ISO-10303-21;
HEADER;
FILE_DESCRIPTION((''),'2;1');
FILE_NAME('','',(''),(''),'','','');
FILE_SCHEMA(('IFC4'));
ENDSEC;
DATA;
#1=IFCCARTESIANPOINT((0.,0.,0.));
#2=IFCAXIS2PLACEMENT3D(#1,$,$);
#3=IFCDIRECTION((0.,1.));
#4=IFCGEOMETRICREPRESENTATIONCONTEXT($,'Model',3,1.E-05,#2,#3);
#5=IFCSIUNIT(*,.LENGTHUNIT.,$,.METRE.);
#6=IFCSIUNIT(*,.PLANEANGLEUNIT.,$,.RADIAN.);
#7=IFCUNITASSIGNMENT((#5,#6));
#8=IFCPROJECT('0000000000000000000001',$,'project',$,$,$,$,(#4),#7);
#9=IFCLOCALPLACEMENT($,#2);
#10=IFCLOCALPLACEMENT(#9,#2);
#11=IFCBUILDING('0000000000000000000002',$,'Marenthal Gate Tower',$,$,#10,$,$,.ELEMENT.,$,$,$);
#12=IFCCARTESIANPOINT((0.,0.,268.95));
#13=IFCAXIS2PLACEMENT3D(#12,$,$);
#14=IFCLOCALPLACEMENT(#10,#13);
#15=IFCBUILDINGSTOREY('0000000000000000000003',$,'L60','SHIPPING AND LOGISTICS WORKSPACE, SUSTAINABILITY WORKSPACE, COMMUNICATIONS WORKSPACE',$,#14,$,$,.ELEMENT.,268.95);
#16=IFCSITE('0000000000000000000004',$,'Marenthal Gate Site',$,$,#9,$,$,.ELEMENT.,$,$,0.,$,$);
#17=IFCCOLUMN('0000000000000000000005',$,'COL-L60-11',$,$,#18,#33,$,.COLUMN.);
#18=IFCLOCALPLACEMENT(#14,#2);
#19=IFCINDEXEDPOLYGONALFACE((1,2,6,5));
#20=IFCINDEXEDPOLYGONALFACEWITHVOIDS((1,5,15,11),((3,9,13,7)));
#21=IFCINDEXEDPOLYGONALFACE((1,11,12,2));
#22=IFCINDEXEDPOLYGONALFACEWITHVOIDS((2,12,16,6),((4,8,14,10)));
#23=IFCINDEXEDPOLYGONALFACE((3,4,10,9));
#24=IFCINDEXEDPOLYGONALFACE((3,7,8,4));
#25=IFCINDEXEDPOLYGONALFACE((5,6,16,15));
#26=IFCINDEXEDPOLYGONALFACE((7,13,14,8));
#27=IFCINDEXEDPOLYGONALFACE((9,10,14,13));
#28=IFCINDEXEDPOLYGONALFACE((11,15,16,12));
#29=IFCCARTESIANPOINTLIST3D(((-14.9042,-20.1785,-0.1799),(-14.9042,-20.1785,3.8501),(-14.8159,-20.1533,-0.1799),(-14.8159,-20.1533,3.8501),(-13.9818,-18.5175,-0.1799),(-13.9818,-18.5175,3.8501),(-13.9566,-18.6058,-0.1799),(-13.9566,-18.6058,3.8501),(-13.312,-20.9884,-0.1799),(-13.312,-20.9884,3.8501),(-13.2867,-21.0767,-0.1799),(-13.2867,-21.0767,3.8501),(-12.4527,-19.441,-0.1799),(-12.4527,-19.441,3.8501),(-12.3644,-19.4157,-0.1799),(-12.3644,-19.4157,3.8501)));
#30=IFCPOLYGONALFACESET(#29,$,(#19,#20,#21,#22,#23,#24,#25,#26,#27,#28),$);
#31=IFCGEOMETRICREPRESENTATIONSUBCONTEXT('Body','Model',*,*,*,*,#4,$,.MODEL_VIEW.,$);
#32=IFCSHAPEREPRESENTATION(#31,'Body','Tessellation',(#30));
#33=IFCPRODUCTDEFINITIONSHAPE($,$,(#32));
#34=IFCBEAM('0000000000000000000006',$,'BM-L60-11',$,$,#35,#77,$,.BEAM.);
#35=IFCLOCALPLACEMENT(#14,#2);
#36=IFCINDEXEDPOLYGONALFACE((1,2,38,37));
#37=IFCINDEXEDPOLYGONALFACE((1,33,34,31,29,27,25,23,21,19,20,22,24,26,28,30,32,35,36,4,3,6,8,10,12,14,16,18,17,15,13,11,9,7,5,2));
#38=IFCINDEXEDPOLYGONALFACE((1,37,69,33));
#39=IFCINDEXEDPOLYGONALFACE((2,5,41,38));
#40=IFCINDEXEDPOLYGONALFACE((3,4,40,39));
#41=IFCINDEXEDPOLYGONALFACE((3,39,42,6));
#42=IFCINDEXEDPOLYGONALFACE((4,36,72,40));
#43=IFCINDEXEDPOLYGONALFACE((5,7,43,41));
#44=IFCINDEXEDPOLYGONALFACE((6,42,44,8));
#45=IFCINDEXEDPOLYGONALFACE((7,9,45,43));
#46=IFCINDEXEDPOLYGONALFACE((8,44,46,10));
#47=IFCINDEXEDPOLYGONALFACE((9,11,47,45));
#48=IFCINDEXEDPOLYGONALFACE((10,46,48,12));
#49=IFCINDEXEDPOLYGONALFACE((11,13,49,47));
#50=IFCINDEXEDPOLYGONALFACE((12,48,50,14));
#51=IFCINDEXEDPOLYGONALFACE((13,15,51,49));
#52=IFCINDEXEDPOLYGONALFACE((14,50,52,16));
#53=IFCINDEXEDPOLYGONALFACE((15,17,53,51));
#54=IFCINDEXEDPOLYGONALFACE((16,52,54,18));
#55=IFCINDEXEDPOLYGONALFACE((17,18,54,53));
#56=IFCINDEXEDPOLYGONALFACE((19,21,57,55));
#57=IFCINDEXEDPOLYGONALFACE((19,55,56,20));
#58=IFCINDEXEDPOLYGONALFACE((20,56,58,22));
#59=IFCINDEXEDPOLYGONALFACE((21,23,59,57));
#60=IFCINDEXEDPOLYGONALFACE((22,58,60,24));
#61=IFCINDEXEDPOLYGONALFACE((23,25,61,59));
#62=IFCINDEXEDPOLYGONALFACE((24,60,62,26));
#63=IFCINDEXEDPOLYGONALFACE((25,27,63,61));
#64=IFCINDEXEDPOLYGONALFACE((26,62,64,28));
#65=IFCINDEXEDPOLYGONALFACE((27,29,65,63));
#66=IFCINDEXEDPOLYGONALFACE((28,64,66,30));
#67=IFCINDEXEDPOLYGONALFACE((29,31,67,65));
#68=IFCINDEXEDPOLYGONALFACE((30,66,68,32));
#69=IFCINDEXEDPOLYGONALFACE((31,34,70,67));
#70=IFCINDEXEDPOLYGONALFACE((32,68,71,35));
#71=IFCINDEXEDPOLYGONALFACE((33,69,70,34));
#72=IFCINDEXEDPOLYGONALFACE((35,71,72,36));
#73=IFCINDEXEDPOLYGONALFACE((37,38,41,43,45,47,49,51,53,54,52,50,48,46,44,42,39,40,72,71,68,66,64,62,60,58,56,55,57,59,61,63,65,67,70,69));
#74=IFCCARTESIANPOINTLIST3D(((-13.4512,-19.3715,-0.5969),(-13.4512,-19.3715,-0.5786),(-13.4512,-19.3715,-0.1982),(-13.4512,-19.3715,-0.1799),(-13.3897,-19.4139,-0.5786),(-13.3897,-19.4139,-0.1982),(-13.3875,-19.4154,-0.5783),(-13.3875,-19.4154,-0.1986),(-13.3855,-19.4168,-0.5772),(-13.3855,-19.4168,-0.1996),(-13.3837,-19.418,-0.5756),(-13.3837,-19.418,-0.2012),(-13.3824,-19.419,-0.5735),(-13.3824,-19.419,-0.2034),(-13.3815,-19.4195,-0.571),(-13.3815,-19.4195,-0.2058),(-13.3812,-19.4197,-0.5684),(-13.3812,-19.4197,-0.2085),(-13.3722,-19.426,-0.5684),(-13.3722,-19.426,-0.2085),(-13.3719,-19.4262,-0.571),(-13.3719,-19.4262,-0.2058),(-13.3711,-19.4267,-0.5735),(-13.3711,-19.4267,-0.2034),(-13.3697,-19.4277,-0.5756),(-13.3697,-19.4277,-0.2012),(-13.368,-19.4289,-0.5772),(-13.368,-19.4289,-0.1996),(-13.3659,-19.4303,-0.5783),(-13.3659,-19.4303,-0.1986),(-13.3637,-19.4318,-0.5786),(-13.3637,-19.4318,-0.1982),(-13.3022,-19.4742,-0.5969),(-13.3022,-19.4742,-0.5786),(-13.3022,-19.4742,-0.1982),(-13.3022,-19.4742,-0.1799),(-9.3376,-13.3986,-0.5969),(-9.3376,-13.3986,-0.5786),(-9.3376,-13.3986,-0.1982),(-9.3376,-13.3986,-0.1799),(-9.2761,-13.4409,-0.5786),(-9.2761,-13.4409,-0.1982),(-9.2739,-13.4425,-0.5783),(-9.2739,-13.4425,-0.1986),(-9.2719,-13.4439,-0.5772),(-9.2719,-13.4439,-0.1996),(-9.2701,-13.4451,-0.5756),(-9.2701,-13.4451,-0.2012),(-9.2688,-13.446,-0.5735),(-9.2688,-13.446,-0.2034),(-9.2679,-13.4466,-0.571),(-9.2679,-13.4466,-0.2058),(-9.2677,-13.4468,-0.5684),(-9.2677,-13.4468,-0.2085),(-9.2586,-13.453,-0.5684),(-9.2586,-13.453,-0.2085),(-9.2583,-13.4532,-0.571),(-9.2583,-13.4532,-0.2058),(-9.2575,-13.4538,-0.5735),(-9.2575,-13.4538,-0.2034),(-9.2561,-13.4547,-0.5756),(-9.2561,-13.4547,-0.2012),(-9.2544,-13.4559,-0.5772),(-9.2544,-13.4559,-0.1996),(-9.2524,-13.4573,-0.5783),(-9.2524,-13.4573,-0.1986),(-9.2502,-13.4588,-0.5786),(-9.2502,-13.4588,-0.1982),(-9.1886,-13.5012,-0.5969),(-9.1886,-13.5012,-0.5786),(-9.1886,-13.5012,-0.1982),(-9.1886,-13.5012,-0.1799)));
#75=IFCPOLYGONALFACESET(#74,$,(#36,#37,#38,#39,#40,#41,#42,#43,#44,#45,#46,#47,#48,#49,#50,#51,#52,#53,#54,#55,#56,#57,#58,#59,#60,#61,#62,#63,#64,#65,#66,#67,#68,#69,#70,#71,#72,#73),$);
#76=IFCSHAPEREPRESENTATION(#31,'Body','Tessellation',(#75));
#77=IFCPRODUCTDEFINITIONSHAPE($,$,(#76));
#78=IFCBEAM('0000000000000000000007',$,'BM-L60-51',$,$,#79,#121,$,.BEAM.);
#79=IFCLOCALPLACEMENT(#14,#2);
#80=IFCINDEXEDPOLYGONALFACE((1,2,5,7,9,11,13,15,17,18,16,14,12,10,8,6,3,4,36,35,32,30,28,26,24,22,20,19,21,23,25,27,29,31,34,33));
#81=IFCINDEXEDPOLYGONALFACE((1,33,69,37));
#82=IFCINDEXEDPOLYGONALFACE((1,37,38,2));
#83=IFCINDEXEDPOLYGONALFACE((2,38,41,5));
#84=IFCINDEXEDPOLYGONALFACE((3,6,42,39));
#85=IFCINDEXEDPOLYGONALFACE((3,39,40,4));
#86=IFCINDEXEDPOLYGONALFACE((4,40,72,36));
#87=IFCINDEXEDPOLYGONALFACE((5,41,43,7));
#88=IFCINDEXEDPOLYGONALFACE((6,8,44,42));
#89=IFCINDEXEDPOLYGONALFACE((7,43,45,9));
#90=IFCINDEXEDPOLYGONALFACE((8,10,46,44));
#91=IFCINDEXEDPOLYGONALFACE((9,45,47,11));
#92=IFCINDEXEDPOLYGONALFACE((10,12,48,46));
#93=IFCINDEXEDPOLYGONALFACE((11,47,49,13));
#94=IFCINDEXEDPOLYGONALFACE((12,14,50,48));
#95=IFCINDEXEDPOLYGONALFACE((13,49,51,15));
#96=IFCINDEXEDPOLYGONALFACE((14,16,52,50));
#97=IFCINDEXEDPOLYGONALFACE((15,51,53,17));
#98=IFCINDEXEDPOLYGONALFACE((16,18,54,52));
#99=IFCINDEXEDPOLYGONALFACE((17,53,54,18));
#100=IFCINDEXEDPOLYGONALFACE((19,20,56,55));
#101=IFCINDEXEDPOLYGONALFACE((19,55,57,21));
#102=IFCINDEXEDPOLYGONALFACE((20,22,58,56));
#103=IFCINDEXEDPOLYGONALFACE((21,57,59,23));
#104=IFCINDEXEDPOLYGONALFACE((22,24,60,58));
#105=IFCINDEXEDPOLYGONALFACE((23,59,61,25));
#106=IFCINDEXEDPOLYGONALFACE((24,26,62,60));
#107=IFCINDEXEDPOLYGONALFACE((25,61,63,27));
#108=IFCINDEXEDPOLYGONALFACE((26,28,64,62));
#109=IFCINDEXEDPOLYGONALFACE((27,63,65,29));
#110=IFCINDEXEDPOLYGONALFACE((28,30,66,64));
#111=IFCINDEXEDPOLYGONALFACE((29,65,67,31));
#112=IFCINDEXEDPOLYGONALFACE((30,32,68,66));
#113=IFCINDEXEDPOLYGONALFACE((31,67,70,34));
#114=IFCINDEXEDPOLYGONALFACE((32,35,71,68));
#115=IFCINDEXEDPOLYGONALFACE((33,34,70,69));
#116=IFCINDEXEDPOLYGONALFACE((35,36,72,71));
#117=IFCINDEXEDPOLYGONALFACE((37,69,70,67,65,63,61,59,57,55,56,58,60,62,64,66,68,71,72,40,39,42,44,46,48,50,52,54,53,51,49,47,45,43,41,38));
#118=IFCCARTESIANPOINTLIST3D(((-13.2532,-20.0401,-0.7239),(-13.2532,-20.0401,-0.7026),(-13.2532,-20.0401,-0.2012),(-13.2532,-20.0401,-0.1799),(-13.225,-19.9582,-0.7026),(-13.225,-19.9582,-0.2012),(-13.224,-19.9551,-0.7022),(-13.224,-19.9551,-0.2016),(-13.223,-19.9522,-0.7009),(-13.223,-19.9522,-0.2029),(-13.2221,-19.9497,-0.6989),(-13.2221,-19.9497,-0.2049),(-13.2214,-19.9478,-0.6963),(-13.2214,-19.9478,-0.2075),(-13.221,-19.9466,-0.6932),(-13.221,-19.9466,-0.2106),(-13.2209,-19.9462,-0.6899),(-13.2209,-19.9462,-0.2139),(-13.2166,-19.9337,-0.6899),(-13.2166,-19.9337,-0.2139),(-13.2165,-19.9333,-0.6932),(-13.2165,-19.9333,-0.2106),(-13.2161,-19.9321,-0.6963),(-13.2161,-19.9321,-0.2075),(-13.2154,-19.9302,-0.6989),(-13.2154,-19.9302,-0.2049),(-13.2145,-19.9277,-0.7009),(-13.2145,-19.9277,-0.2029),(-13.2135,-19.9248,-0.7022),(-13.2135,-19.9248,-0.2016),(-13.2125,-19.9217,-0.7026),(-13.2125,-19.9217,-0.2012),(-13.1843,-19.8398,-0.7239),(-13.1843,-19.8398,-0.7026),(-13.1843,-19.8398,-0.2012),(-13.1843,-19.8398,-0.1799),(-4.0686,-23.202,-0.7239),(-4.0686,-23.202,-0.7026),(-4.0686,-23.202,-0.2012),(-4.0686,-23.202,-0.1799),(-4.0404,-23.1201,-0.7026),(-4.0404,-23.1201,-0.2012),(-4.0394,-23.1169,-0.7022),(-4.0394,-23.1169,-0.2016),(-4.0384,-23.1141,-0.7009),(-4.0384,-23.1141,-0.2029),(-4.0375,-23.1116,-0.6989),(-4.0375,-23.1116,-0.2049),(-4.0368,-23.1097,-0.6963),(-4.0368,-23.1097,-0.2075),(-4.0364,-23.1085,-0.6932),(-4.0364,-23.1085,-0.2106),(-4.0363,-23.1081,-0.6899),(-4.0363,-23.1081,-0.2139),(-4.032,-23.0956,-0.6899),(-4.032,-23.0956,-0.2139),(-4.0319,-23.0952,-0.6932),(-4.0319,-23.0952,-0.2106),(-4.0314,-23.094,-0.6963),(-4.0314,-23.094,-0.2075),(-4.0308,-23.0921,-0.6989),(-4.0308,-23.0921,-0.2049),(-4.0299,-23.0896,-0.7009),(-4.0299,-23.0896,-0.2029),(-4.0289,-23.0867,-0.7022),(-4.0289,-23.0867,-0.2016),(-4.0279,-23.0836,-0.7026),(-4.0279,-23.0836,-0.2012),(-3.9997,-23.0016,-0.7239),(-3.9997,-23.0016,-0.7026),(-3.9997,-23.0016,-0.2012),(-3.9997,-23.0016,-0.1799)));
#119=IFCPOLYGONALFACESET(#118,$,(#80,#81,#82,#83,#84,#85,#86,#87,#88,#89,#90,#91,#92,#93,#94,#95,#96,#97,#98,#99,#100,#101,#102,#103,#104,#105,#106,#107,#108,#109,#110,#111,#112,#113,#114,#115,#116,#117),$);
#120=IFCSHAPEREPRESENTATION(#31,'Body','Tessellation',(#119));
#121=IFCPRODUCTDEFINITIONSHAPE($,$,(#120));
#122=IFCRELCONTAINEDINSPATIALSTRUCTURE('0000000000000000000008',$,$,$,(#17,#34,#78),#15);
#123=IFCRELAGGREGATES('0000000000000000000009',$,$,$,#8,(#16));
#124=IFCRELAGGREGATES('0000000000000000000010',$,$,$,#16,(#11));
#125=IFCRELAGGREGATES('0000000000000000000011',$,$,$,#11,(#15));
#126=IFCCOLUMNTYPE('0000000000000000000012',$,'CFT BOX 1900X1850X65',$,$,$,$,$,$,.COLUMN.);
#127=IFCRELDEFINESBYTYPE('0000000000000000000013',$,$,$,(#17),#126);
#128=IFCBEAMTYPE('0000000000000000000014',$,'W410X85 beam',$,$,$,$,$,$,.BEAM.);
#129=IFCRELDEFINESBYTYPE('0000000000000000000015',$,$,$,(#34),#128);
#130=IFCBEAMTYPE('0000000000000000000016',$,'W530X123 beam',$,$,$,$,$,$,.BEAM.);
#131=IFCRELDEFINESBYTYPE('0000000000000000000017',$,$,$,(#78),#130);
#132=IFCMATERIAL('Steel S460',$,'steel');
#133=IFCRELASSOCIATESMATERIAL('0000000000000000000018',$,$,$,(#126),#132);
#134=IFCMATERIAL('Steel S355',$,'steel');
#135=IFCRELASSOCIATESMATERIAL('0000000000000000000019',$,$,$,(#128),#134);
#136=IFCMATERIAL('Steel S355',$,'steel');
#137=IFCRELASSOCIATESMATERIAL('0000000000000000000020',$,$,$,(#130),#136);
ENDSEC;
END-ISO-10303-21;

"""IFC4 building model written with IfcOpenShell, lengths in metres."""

from ifc_helpers import new_model, si_unit, direction, frame, origin, origin_2d, place, context, subcontext, project, spatial, rectangle, hollow_rectangle, i_section, extrude, material, material_profile, profile_set, type_object, element, save


model = new_model("IFC4")

# Units and contexts
model_context = context("Model", 3, precision=1e-05, world=origin(), true_north=direction((0.0, 1.0)))
body_context = subcontext(model_context, "Body", "Model", "MODEL_VIEW")
ifc_project = project(units=[si_unit("LENGTHUNIT", "METRE"), si_unit("PLANEANGLEUNIT", "RADIAN")], contexts=[model_context])

# Site, building, storey
site_placement = place(None, origin())
site = spatial("IfcSite", under=ifc_project, at=site_placement, Name="Marenthal Gate Site", CompositionType="ELEMENT", RefElevation=0.0)
building_placement = place(site_placement, origin())
building = spatial("IfcBuilding", under=site, at=building_placement, Name="Marenthal Gate Tower", CompositionType="ELEMENT")
storey_placement = place(building_placement, frame((0.0, 0.0, 268.95)))
storey = spatial("IfcBuildingStorey", under=building, at=storey_placement, Name="L60", Description="SHIPPING AND LOGISTICS WORKSPACE, SUSTAINABILITY WORKSPACE, COMMUNICATIONS WORKSPACE", CompositionType="ELEMENT", Elevation=268.95)

# Column
ifc_material_1 = material(Name="Steel S460", Category="steel")
ifc_material_profile_1 = material_profile(ifc_material_1, hollow_rectangle(XDim=1.8501, YDim=1.8999, WallThickness=0.0649, at=origin_2d()), Name="CFT BOX 1900X1850X65")
ifc_material_2 = material(Name="Concrete 70 MPa", Category="concrete")
ifc_material_profile_2 = material_profile(ifc_material_2, rectangle(XDim=1.72, YDim=1.77, at=origin_2d()), Name="CFT BOX 1900X1850X65 INFILL")
ifc_profile_set_1 = profile_set([ifc_material_profile_1, ifc_material_profile_2], Name="Steel S460 shell, Concrete 70 MPa infill")
column_type = type_object("IfcColumnType", Name="CFT BOX 1900X1850X65", PredefinedType="COLUMN", material=ifc_profile_set_1)
column_placement = place(storey_placement, frame((-13.6343, -19.7971, -0.1799), z_axis=(0.0, 0.0, 1.0), x_axis=(-0.874251, 0.485475, 0.0)))
element("IfcColumn", 1, at=column_placement, inside=storey, type_object=column_type, Name="COL-L60-11", PredefinedType="COLUMN", context=body_context, shape_type="SweptSolid", body=[
    extrude(hollow_rectangle(XDim=1.8501, YDim=1.8999, WallThickness=0.0649, at=origin_2d()), origin(), (0.0, 0.0, 1.0), 4.03),
])

# Beams
ifc_material_3 = material(Name="Steel S355", Category="steel")
ifc_material_profile_3 = material_profile(ifc_material_3, i_section(OverallWidth=0.1809, OverallDepth=0.417, WebThickness=0.011, FlangeThickness=0.0183, FilletRadius=0.0103, at=origin_2d()), Name="W410X85")
ifc_profile_set_2 = profile_set([ifc_material_profile_3], Name="Steel S355")
beam_type_1 = type_object("IfcBeamType", Name="W410X85 beam", PredefinedType="BEAM", material=ifc_profile_set_2)
beam_1_placement = place(storey_placement, frame((-13.3767, -19.4229, -0.3884), z_axis=(0.567199, 0.823581, 0.0), x_axis=(-0.823581, 0.567199, 0.0)))
element("IfcBeam", 2, at=beam_1_placement, inside=storey, type_object=beam_type_1, Name="BM-L60-11", PredefinedType="BEAM", context=body_context, shape_type="SweptSolid", body=[
    extrude(i_section(OverallWidth=0.1809, OverallDepth=0.417, WebThickness=0.011, FlangeThickness=0.0183, FilletRadius=0.0103, at=origin_2d()), origin(), (0.0, 0.0, 1.0), 7.2524),
])
ifc_material_4 = material(Name="Steel S355", Category="steel")
ifc_material_profile_4 = material_profile(ifc_material_4, i_section(OverallWidth=0.2119, OverallDepth=0.5439, WebThickness=0.0132, FlangeThickness=0.0212, FilletRadius=0.0127, at=origin_2d()), Name="W530X123")
ifc_profile_set_3 = profile_set([ifc_material_profile_4], Name="Steel S355")
beam_type_2 = type_object("IfcBeamType", Name="W530X123 beam", PredefinedType="BEAM", material=ifc_profile_set_3)
beam_2_placement = place(storey_placement, frame((-13.2188, -19.9399, -0.4519), z_axis=(0.945539, -0.32551, 0.0), x_axis=(0.32551, 0.945539, 0.0)))
element("IfcBeam", 3, at=beam_2_placement, inside=storey, type_object=beam_type_2, Name="BM-L60-51", PredefinedType="BEAM", context=body_context, shape_type="SweptSolid", body=[
    extrude(i_section(OverallWidth=0.2119, OverallDepth=0.5439, WebThickness=0.0132, FlangeThickness=0.0212, FilletRadius=0.0127, at=origin_2d()), origin(), (0.0, 0.0, 1.0), 9.7136),
])

save(model, "model.ifc")
